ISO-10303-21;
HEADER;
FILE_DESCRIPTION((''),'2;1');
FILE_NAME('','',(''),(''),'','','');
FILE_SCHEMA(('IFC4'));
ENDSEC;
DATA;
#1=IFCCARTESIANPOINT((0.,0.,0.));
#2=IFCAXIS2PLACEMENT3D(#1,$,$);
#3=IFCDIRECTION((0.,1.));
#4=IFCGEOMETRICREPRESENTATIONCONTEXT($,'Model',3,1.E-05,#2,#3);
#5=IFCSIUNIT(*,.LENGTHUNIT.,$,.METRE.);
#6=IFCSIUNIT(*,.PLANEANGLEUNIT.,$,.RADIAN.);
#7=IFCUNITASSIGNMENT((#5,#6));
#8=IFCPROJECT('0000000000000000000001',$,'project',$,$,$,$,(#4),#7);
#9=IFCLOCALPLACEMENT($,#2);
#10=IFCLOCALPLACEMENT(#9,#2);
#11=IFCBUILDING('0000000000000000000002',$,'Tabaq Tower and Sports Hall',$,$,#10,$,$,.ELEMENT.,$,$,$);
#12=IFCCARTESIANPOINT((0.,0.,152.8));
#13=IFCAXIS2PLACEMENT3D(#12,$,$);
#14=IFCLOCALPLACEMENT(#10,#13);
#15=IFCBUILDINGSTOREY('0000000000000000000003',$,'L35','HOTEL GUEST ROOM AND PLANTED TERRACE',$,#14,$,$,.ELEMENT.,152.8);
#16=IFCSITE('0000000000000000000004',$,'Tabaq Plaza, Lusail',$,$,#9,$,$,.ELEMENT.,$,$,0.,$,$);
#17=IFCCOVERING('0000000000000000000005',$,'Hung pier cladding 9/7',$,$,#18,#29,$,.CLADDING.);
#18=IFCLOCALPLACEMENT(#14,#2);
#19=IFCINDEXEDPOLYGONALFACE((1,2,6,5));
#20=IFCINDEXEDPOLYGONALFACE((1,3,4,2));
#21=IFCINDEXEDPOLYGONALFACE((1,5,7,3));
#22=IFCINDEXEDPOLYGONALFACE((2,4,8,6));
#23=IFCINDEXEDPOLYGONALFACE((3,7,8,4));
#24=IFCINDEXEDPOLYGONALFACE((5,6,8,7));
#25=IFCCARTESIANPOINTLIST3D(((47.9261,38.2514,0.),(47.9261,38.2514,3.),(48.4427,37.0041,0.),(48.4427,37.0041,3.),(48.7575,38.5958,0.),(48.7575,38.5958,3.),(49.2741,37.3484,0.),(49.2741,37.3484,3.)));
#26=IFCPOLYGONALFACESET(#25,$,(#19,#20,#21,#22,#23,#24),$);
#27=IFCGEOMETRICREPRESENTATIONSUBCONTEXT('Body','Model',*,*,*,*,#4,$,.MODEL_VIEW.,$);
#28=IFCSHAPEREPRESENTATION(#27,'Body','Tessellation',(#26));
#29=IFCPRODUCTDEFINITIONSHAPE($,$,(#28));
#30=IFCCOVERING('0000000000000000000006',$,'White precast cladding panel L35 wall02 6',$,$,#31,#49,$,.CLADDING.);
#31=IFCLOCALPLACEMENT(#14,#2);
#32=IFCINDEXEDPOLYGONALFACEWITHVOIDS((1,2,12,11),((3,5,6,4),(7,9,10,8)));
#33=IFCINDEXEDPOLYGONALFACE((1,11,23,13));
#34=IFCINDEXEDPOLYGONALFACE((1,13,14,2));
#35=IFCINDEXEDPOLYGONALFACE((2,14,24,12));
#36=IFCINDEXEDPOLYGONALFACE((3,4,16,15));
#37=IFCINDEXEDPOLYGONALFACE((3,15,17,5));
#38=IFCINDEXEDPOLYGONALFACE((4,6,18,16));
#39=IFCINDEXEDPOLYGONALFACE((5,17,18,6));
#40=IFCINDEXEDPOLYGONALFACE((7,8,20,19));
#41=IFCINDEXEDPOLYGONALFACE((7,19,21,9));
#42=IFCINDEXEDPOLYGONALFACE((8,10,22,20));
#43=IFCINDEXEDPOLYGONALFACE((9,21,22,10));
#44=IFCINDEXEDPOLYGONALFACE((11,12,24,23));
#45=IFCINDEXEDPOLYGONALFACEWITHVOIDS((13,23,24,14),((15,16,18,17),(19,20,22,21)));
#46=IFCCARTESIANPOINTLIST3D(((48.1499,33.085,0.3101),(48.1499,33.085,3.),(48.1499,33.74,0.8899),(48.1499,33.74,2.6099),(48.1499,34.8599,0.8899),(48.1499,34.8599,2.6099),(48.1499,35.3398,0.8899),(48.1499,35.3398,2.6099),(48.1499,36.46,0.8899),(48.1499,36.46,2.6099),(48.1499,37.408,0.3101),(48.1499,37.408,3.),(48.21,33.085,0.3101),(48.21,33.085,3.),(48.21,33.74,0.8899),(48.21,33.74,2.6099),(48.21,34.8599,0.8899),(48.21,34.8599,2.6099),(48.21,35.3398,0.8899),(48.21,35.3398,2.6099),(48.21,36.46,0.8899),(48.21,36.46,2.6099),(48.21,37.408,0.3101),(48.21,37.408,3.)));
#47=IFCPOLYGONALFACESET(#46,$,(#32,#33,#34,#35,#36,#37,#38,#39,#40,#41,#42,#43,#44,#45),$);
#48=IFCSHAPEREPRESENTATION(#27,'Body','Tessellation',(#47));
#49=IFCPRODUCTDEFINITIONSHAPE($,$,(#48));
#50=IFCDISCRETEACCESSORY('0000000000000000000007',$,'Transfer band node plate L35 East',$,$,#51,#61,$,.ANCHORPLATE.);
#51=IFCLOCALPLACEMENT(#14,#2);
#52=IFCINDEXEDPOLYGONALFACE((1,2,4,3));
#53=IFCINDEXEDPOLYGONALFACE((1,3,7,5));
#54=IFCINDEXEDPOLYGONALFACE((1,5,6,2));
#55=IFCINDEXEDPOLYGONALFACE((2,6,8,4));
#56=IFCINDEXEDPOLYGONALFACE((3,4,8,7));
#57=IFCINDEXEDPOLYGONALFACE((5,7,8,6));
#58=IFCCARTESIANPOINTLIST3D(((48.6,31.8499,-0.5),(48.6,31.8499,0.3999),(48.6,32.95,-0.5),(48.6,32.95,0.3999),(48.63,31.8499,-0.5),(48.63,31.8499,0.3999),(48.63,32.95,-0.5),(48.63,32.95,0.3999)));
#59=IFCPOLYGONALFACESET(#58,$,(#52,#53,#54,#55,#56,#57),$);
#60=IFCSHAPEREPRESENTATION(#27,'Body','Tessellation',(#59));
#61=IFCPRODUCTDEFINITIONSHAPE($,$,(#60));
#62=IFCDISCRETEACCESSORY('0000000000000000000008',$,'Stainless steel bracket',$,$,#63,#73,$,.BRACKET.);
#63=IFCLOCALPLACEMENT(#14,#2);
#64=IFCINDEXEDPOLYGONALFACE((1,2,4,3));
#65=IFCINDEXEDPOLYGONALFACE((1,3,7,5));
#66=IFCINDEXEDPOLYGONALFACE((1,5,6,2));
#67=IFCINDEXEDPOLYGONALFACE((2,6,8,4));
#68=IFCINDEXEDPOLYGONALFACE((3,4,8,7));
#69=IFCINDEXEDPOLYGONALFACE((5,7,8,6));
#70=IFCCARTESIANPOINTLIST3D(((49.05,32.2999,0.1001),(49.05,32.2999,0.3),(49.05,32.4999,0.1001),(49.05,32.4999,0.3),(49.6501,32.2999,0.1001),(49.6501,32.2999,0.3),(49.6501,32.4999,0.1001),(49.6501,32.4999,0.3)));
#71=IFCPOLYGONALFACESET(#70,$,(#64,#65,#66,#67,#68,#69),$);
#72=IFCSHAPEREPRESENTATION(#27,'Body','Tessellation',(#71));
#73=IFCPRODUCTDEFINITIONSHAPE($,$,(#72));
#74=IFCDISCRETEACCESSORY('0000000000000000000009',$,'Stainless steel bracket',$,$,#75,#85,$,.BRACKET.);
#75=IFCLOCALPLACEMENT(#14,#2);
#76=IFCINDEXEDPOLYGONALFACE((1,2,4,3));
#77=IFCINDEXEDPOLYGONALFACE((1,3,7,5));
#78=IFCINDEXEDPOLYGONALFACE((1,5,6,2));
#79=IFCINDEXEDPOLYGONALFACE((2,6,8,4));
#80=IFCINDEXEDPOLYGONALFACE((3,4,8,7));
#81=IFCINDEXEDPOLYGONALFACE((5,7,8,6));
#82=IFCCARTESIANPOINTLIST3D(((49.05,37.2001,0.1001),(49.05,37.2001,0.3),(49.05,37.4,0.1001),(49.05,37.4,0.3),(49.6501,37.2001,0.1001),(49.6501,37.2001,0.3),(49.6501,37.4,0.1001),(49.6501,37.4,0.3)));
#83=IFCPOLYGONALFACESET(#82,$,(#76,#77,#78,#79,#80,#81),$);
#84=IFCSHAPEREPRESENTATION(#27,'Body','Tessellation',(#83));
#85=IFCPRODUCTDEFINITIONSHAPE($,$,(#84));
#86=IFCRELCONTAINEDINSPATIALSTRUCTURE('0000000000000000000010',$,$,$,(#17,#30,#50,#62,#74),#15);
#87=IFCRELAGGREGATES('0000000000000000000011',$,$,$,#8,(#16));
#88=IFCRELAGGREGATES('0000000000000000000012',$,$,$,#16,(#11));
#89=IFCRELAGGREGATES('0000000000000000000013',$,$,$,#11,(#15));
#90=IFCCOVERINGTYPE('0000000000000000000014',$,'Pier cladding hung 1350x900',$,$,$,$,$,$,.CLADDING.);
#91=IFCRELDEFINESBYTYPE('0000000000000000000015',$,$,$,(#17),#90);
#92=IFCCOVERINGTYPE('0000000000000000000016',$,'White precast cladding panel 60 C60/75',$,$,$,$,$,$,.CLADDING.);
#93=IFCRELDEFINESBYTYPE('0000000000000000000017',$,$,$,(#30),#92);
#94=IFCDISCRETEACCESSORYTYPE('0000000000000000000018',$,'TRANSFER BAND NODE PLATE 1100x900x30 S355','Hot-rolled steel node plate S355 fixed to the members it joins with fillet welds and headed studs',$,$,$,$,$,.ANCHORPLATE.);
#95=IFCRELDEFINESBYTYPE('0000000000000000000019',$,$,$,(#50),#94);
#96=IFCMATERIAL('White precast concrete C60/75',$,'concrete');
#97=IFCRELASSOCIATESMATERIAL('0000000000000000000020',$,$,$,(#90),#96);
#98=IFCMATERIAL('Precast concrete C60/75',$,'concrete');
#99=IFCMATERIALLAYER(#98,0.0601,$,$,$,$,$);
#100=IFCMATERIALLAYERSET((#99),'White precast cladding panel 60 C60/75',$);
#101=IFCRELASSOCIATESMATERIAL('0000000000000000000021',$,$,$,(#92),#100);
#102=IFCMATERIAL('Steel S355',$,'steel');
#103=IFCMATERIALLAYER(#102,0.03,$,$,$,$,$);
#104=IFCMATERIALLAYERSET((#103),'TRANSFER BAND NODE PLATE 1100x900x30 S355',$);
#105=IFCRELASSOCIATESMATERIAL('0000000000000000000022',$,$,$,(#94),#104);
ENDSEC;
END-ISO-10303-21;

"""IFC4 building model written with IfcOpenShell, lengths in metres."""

from ifc_helpers import new_model, si_unit, direction, frame, frame_2d, origin, origin_2d, place, context, subcontext, project, spatial, polyline, rectangle, outline, extrude, material, layer, layer_set, type_object, element, save


model = new_model("IFC4")

# Units and contexts
model_context = context("Model", 3, precision=1e-05, world=origin(), true_north=direction((0.0, 1.0)))
body_context = subcontext(model_context, "Body", "Model", "MODEL_VIEW")
ifc_project = project(units=[si_unit("LENGTHUNIT", "METRE"), si_unit("PLANEANGLEUNIT", "RADIAN")], contexts=[model_context])

# Site, building, storey
site_placement = place(None, origin())
site = spatial("IfcSite", under=ifc_project, at=site_placement, Name="Tabaq Plaza, Lusail", CompositionType="ELEMENT", RefElevation=0.0)
building_placement = place(site_placement, origin())
building = spatial("IfcBuilding", under=site, at=building_placement, Name="Tabaq Tower and Sports Hall", CompositionType="ELEMENT")
storey_placement = place(building_placement, frame((0.0, 0.0, 152.8)))
storey = spatial("IfcBuildingStorey", under=building, at=storey_placement, Name="L35", Description="HOTEL GUEST ROOM AND PLANTED TERRACE", CompositionType="ELEMENT", Elevation=152.8)

# Coverings
ifc_material_1 = material(Name="White precast concrete C60/75", Category="concrete")
covering_type_1 = type_object("IfcCoveringType", Name="Pier cladding hung 1350x900", PredefinedType="CLADDING", material=ifc_material_1)
covering_1_placement = place(storey_placement, frame((48.8584, 37.1763, 0.0), z_axis=(0.0, 0.0, 1.0), x_axis=(-0.38265, 0.923893, 0.0)))
element("IfcCovering", 1, at=covering_1_placement, inside=storey, type_object=covering_type_1, Name="Hung pier cladding 9/7", PredefinedType="CLADDING", context=body_context, shape_type="SweptSolid", body=[
    extrude(rectangle(XDim=1.3501, YDim=0.8999, at=frame_2d((0.675, 0.0))), origin(), (0.0, 0.0, 1.0), 3.0),
])
ifc_material_2 = material(Name="Precast concrete C60/75", Category="concrete")
ifc_layer_1 = layer(ifc_material_2, 0.0601)
ifc_layer_set_1 = layer_set([ifc_layer_1], Name="White precast cladding panel 60 C60/75")
covering_type_2 = type_object("IfcCoveringType", Name="White precast cladding panel 60 C60/75", PredefinedType="CLADDING", material=ifc_layer_set_1)
covering_2_placement = place(storey_placement, frame((48.1799, 33.085, 0.3101), z_axis=(0.0, 0.0, 1.0), x_axis=(0.0, 1.0, 0.0)))
element("IfcCovering", 2, at=covering_2_placement, inside=storey, type_object=covering_type_2, Name="White precast cladding panel L35 wall02 6", PredefinedType="CLADDING", context=body_context, shape_type="SweptSolid", body=[
    extrude(outline(polyline([(0.0, 0.0), (4.323, 0.0), (4.323, 2.6899), (0.0, 2.6899), (0.0, 0.0)]), holes=[polyline([(0.655, 2.2998), (1.7749, 2.2998), (1.7749, 0.5798), (0.655, 0.5798), (0.655, 2.2998)]), polyline([(2.2549, 2.2998), (3.375, 2.2998), (3.375, 0.5798), (2.2549, 0.5798), (2.2549, 2.2998)])]), frame((0.0, 0.03, 0.0), z_axis=(0.0, -1.0, 0.0), x_axis=(1.0, 0.0, 0.0)), (0.0, 0.0, 1.0), 0.0601),
])

# Discrete accessories
ifc_material_3 = material(Name="Steel S355", Category="steel")
ifc_layer_2 = layer(ifc_material_3, 0.03)
ifc_layer_set_2 = layer_set([ifc_layer_2], Name="TRANSFER BAND NODE PLATE 1100x900x30 S355")
discrete_accessory_type = type_object("IfcDiscreteAccessoryType", Name="TRANSFER BAND NODE PLATE 1100x900x30 S355", Description="Hot-rolled steel node plate S355 fixed to the members it joins with fillet welds and headed studs", PredefinedType="ANCHORPLATE", material=ifc_layer_set_2)
discrete_accessory_placement = place(storey_placement, frame((48.615, 32.3999, -0.5), z_axis=(0.0, 0.0, 1.0), x_axis=(0.0, 1.0, 0.0)))
element("IfcDiscreteAccessory", 3, at=discrete_accessory_placement, inside=storey, type_object=discrete_accessory_type, Name="Transfer band node plate L35 East", PredefinedType="ANCHORPLATE", context=body_context, shape_type="SweptSolid", body=[
    extrude(rectangle(XDim=1.1001, YDim=0.03, at=origin_2d()), origin(), (0.0, 0.0, 1.0), 0.8999),
])
for number, where, z_axis, x_axis, name in (
    (4, (49.3501, 32.3999, 0.1001), (0.0, 0.0, 1.0), (1.0, 0.0, 0.0), "Stainless steel bracket"),
    (5, (49.3501, 37.3, 0.1001), (0.0, 0.0, 1.0), (1.0, 0.0, 0.0), "Stainless steel bracket"),
):
    element("IfcDiscreteAccessory", number, at=place(storey_placement, frame(where, z_axis=z_axis, x_axis=x_axis)), inside=storey, Name=name, PredefinedType="BRACKET", context=body_context, shape_type="SweptSolid", body=[
        extrude(rectangle(XDim=0.6001, YDim=0.2, at=origin_2d()), origin(), (0.0, 0.0, 1.0), 0.2),
    ])

save(model, "model.ifc")
